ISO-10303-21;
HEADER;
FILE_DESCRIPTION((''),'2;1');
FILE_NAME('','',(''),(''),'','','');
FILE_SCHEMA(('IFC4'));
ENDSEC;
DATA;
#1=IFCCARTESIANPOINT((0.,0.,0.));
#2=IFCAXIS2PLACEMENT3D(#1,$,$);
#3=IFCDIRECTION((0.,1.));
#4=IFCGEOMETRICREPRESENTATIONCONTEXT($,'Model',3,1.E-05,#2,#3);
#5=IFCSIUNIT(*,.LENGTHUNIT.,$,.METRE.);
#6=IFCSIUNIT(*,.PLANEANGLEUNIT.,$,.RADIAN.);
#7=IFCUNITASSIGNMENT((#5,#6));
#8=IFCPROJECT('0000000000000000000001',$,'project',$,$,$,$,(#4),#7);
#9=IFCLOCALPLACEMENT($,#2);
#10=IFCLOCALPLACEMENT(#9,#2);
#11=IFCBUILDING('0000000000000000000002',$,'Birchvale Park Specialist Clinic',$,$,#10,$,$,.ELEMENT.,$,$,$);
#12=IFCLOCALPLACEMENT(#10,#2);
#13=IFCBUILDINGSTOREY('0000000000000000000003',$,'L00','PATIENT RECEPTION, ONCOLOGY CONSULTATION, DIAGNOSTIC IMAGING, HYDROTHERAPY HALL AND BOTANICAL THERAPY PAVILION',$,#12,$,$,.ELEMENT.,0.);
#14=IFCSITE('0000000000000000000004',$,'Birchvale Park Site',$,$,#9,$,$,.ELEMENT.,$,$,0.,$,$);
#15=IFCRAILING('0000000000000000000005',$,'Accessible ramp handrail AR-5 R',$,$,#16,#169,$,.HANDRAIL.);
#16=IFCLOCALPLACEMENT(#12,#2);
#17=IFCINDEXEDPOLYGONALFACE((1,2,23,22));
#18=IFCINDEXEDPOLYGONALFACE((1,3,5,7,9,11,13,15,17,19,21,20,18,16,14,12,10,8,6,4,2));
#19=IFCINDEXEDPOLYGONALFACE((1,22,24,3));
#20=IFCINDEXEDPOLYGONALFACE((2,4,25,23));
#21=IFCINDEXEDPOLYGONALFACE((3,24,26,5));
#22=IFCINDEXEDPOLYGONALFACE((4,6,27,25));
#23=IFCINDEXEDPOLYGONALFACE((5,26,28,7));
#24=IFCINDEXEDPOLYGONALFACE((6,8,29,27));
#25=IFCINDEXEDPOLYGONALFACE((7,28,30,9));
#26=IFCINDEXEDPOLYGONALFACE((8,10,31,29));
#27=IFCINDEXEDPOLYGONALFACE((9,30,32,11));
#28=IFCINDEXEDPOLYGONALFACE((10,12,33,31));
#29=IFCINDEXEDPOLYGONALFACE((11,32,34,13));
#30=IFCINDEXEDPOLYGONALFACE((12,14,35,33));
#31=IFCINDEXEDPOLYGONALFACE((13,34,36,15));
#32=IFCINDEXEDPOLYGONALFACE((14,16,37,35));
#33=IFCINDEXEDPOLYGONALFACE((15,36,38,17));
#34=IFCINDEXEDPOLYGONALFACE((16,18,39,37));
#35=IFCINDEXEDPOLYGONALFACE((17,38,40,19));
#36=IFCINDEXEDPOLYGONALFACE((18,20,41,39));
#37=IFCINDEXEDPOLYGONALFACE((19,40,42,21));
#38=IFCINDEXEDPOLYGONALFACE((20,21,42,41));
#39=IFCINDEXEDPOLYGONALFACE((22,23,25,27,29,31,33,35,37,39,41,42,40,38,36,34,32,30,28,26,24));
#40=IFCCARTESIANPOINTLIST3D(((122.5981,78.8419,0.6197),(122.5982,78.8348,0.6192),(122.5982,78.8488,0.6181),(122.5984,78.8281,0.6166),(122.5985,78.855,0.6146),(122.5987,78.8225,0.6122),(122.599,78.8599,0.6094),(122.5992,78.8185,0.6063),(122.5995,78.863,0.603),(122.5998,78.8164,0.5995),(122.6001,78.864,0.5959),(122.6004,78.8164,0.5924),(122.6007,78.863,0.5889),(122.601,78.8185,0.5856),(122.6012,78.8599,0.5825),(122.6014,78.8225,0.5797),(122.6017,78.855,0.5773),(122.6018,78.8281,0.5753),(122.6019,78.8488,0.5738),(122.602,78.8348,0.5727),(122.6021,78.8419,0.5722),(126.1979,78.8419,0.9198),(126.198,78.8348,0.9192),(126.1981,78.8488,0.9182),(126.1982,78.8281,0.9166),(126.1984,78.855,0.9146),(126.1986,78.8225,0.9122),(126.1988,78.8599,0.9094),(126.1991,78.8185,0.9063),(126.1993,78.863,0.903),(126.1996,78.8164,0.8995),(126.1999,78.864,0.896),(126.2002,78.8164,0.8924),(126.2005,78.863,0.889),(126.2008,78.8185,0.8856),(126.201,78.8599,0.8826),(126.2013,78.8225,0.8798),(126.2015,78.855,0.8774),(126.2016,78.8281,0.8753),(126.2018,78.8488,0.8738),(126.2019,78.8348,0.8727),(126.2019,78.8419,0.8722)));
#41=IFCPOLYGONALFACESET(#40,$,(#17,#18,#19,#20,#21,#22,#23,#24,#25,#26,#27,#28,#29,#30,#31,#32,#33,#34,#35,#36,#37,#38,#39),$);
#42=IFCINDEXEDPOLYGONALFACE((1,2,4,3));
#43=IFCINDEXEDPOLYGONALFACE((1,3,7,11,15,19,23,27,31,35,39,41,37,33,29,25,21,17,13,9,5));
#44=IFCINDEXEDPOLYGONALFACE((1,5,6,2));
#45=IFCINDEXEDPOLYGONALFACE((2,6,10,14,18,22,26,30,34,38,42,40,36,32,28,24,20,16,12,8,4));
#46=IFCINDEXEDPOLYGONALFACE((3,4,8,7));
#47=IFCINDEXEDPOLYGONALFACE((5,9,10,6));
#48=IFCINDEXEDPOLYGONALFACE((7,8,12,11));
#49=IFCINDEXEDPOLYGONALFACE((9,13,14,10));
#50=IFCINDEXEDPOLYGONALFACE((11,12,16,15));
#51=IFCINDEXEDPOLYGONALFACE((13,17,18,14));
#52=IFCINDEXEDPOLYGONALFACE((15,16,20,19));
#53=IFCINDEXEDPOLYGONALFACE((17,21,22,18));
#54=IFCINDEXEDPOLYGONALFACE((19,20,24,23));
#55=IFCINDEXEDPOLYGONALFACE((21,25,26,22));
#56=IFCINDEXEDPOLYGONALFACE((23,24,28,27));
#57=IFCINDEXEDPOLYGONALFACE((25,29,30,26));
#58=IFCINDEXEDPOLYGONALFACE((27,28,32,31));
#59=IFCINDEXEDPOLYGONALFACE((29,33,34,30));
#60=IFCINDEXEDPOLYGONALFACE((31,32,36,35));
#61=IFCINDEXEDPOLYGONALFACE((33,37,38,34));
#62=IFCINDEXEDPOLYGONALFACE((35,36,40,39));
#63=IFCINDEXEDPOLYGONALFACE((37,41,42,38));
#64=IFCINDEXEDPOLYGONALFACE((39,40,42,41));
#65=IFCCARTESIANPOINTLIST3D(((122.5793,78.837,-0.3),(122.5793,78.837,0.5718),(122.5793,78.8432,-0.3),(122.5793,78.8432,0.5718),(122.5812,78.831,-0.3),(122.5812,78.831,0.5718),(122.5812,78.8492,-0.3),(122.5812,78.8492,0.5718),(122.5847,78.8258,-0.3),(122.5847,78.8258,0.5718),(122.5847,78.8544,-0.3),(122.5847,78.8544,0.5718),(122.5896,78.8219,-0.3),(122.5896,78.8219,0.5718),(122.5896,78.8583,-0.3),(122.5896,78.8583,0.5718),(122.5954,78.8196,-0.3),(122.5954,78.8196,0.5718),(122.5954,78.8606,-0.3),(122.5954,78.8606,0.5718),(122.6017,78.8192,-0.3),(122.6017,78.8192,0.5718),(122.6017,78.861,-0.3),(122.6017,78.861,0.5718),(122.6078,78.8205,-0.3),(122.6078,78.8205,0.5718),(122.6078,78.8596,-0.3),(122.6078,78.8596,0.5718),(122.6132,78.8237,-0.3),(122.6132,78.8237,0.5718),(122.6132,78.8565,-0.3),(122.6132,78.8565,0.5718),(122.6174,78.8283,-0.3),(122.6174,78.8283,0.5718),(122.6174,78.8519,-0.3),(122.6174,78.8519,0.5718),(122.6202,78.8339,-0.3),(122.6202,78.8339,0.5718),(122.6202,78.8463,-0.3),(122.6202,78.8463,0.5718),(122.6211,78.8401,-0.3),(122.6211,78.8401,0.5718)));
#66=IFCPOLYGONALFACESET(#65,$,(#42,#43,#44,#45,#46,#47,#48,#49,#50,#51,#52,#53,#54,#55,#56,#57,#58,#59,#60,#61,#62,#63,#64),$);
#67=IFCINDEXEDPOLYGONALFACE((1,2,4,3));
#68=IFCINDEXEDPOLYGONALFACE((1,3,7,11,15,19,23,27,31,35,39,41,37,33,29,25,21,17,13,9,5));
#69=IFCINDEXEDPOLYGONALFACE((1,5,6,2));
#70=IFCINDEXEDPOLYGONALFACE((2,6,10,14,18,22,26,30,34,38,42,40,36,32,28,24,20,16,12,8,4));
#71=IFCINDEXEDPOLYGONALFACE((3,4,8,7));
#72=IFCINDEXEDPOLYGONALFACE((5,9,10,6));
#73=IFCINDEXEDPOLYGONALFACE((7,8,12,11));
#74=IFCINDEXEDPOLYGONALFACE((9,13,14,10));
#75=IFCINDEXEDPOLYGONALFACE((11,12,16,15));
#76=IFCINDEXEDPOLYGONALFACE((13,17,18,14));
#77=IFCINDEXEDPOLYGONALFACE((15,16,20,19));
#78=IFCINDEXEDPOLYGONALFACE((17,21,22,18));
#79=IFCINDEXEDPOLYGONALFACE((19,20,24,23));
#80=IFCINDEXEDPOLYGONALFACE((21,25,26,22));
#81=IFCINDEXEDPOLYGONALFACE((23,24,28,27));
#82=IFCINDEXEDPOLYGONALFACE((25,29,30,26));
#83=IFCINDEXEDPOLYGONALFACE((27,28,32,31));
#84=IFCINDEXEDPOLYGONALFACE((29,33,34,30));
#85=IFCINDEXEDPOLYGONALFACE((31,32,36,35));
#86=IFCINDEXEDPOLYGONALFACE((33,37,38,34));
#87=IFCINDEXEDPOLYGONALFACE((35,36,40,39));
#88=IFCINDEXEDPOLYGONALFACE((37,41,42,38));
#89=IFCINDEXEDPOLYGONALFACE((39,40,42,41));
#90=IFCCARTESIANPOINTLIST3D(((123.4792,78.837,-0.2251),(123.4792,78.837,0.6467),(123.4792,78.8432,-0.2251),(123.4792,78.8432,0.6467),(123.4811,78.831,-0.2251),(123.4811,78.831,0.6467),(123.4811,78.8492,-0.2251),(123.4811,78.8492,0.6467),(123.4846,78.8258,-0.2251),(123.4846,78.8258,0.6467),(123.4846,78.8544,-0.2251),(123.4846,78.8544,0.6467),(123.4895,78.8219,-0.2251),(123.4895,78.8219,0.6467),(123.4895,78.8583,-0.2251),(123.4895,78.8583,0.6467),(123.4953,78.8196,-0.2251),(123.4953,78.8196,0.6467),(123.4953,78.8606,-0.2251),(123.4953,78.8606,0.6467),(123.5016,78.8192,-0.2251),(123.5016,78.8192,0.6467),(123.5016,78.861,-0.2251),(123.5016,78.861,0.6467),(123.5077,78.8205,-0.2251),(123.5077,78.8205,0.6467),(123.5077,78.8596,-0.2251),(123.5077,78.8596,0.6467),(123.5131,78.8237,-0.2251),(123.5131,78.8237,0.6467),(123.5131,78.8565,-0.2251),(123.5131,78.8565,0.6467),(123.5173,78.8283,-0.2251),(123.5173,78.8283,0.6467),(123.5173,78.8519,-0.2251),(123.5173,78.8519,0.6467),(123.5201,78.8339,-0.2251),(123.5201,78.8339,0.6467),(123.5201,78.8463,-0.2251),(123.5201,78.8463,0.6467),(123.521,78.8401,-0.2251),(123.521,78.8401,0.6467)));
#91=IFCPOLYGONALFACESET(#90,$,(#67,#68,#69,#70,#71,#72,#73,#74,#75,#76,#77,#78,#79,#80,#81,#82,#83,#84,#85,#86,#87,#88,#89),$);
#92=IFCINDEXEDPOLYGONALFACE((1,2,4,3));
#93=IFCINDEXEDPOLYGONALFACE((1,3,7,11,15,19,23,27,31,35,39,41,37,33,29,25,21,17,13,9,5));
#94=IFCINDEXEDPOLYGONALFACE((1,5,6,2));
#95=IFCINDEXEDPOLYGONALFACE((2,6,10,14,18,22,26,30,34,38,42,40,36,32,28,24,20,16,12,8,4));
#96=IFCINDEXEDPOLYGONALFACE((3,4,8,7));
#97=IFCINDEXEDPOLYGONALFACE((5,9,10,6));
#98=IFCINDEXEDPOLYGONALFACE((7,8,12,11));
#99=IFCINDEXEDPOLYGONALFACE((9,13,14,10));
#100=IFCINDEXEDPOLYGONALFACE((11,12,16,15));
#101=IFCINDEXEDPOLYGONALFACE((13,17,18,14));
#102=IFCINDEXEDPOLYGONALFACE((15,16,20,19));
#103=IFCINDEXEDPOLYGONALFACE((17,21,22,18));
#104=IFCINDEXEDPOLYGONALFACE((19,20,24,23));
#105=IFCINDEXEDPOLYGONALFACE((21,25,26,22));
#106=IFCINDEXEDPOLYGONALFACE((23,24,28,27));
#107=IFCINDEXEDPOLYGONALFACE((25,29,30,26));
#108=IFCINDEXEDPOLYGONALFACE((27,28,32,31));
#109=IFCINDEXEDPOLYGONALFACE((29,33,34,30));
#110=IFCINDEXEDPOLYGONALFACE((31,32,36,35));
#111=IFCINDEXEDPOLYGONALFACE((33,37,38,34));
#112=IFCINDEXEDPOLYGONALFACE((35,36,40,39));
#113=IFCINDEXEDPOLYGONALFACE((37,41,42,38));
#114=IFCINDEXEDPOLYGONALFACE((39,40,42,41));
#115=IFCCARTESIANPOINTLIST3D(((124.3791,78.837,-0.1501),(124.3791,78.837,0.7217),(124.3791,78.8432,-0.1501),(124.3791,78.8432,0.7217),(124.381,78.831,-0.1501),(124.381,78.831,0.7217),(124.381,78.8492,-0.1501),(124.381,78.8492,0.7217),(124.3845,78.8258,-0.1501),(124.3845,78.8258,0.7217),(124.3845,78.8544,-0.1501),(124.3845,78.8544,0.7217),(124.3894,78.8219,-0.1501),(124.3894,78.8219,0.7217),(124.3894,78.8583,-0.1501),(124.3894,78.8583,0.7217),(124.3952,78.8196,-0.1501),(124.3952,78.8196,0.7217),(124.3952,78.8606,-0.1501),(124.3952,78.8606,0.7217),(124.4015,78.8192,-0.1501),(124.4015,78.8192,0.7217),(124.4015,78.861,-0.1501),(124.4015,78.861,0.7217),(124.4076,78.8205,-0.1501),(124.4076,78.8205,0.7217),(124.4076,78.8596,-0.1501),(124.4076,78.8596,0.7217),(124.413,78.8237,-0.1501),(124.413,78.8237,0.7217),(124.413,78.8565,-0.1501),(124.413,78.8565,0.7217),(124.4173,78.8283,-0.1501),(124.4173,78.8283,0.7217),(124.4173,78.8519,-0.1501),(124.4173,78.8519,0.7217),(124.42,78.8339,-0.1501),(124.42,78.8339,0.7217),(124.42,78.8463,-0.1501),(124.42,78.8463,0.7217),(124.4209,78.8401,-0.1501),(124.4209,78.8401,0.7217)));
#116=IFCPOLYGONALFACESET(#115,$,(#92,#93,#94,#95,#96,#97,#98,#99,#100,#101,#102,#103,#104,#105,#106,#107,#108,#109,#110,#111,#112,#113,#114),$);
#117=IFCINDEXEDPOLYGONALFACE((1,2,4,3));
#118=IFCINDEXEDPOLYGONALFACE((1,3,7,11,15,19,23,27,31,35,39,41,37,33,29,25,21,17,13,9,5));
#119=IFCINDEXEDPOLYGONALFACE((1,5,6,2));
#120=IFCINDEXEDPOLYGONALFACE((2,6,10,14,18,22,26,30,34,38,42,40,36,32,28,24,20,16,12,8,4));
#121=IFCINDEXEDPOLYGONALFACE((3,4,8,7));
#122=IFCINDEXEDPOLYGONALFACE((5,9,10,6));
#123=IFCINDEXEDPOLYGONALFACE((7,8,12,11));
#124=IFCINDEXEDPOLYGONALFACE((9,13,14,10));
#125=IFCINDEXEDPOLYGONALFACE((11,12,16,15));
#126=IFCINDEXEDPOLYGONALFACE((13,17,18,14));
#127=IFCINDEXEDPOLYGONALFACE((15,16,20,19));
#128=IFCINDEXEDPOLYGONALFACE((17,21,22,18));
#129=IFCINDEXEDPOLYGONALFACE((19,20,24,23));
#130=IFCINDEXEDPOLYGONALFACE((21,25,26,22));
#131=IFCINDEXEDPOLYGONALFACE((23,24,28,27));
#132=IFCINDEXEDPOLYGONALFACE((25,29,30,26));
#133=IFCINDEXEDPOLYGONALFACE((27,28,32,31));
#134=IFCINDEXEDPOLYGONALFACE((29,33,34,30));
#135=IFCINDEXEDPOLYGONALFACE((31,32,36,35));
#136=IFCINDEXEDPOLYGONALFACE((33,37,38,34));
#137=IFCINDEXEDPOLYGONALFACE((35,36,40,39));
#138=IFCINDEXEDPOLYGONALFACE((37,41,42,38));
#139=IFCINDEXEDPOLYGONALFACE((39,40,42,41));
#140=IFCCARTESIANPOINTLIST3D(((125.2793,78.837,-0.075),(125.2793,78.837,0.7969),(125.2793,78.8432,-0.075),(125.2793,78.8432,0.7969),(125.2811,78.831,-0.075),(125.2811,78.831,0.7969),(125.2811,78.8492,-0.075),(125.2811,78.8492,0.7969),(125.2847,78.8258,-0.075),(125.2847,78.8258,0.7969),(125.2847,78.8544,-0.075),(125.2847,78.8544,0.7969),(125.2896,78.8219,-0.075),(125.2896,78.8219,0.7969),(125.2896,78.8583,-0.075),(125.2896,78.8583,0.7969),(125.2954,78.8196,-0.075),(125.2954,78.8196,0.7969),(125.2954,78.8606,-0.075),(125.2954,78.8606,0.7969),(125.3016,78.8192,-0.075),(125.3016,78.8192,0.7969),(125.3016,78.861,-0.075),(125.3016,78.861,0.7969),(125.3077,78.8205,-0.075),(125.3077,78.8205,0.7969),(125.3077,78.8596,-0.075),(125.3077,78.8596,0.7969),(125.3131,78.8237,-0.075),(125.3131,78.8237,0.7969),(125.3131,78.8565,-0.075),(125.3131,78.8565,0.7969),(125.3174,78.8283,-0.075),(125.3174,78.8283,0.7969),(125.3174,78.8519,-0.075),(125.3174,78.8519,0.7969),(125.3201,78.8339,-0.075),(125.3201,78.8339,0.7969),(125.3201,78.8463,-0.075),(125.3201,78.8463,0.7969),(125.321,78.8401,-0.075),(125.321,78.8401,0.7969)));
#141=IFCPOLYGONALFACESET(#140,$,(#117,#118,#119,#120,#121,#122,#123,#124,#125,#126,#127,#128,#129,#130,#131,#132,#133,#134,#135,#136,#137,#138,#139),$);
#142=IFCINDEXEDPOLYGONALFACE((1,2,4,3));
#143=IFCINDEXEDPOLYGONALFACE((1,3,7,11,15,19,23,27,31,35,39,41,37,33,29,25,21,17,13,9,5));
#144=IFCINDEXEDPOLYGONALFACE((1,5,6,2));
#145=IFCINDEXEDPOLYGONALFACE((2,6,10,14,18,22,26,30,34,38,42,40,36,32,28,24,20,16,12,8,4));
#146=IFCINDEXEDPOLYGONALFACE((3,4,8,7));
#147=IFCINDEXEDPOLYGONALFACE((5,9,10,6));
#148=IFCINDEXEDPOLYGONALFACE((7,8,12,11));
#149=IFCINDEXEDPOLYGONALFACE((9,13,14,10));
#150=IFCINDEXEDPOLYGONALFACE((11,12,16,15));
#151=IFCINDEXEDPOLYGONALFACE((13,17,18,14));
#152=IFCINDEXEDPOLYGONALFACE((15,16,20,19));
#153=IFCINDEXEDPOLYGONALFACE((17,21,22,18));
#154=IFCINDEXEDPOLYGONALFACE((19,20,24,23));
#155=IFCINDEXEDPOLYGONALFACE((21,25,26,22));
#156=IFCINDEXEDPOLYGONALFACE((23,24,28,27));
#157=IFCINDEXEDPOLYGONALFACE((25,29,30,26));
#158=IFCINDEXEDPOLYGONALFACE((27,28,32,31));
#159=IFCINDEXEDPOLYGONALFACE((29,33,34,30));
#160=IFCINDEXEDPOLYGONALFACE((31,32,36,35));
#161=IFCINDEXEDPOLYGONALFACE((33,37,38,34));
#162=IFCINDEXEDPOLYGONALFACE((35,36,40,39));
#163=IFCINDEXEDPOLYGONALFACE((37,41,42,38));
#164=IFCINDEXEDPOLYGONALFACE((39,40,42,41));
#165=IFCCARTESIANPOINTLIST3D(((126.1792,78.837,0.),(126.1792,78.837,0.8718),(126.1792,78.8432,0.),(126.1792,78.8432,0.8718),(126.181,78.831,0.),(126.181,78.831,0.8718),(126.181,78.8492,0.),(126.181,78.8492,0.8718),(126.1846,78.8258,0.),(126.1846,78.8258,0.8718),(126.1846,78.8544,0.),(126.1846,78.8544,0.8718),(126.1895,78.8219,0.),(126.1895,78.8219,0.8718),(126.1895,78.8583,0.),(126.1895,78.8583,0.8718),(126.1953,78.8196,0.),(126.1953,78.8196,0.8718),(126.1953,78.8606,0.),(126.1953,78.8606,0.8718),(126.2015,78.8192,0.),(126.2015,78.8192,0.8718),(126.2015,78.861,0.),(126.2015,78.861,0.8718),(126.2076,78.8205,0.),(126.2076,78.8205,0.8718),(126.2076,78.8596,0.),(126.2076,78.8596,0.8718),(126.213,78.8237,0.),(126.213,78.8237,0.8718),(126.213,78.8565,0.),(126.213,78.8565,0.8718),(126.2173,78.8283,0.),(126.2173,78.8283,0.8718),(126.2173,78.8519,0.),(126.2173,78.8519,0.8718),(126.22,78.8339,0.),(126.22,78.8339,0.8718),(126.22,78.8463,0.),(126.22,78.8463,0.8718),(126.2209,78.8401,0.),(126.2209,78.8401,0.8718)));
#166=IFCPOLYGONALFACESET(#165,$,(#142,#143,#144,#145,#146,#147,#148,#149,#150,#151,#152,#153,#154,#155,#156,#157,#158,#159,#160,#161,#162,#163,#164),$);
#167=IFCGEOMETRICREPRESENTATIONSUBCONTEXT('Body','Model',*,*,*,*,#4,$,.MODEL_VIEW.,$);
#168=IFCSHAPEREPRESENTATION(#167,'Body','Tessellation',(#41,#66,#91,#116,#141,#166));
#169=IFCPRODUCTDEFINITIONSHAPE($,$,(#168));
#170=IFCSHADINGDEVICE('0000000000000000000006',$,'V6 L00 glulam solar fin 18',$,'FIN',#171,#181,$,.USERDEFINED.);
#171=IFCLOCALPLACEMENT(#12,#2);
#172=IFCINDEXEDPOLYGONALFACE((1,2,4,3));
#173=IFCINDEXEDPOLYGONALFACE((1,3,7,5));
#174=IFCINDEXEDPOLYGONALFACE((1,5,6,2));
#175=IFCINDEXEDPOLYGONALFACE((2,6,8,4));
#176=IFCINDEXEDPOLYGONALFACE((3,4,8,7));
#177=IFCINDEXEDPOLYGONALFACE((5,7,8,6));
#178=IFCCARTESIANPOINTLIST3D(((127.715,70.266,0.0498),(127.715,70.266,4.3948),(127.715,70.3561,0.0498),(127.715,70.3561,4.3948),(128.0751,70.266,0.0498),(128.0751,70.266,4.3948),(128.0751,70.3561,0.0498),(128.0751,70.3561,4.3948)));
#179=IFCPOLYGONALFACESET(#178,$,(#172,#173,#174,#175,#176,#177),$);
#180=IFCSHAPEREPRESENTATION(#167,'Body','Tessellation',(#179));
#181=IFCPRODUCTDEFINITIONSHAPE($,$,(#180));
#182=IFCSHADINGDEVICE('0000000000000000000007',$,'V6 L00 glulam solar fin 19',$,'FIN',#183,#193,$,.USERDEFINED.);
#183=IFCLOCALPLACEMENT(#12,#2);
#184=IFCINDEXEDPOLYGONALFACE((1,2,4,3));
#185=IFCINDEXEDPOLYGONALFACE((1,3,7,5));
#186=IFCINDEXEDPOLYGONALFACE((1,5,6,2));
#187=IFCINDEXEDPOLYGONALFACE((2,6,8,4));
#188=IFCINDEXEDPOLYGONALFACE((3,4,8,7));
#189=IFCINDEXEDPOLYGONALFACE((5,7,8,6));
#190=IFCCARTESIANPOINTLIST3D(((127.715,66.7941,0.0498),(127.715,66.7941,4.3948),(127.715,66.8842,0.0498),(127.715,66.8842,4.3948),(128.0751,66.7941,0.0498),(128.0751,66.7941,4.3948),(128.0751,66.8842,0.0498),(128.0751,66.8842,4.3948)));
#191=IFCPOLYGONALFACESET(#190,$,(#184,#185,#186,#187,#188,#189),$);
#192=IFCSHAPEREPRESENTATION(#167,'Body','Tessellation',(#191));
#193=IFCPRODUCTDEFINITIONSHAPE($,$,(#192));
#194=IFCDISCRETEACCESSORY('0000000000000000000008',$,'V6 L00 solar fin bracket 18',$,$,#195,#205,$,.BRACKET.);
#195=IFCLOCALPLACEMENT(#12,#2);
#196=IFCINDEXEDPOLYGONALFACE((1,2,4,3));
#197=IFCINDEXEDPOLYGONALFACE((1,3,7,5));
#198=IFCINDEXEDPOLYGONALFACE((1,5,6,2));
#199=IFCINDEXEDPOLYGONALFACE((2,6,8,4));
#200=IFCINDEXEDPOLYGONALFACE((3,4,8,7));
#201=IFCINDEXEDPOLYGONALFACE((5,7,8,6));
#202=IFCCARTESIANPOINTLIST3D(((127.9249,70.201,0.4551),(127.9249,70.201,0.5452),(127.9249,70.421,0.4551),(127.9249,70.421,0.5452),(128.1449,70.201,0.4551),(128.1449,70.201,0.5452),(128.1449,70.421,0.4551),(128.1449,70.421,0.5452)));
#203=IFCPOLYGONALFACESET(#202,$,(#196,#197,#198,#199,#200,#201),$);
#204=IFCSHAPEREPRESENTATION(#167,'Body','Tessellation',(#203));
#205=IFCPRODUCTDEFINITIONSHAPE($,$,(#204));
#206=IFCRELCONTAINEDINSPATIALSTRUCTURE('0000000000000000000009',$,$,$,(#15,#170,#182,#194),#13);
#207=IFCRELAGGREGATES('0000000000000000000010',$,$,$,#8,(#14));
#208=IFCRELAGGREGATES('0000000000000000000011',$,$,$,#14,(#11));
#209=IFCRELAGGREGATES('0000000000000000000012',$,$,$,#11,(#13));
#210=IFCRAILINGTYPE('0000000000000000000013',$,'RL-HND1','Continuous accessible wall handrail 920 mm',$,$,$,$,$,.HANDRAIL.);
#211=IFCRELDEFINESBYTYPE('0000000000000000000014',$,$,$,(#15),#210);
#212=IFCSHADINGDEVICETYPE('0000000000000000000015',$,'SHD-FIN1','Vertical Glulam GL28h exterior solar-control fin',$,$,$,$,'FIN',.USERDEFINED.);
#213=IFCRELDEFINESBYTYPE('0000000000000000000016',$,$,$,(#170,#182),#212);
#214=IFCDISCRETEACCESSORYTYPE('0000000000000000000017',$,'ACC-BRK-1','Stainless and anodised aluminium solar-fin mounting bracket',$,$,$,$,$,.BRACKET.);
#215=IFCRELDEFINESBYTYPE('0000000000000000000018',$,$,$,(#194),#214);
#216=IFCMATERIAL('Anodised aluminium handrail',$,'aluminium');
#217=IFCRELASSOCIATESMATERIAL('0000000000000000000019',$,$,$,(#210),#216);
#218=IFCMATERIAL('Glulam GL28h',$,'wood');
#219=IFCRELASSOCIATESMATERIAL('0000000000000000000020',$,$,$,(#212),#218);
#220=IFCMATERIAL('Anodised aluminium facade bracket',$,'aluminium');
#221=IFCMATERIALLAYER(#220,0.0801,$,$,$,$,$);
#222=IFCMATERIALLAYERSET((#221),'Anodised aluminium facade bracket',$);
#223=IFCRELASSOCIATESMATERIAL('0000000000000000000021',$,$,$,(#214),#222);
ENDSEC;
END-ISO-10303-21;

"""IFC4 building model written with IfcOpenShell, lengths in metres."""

from ifc_helpers import new_model, si_unit, direction, frame, origin, origin_2d, place, context, subcontext, project, spatial, rectangle, circle, extrude, material, layer, layer_set, type_object, element, save


model = new_model("IFC4")

# Units and contexts
model_context = context("Model", 3, precision=1e-05, world=origin(), true_north=direction((0.0, 1.0)))
body_context = subcontext(model_context, "Body", "Model", "MODEL_VIEW")
ifc_project = project(units=[si_unit("LENGTHUNIT", "METRE"), si_unit("PLANEANGLEUNIT", "RADIAN")], contexts=[model_context])

# Site, building, storey
site_placement = place(None, origin())
site = spatial("IfcSite", under=ifc_project, at=site_placement, Name="Birchvale Park Site", CompositionType="ELEMENT", RefElevation=0.0)
building_placement = place(site_placement, origin())
building = spatial("IfcBuilding", under=site, at=building_placement, Name="Birchvale Park Specialist Clinic", CompositionType="ELEMENT")
storey_placement = place(building_placement, origin())
storey = spatial("IfcBuildingStorey", under=building, at=storey_placement, Name="L00", Description="PATIENT RECEPTION, ONCOLOGY CONSULTATION, DIAGNOSTIC IMAGING, HYDROTHERAPY HALL AND BOTANICAL THERAPY PAVILION", CompositionType="ELEMENT", Elevation=0.0)

# Railing
ifc_material_1 = material(Name="Anodised aluminium handrail", Category="aluminium")
railing_type = type_object("IfcRailingType", Name="RL-HND1", Description="Continuous accessible wall handrail 920 mm", PredefinedType="HANDRAIL", material=ifc_material_1)
for number, where, name in (
    (1, (122.6001, 78.8401, -0.3), "Accessible ramp handrail AR-5 R"),
):
    element("IfcRailing", number, at=place(storey_placement, frame(where)), inside=storey, type_object=railing_type, Name=name, PredefinedType="HANDRAIL", context=body_context, shape_type="SweptSolid", body=[
        extrude(circle(Radius=0.0239, at=origin_2d()), frame((0.0, 0.0, 0.896), z_axis=(0.996544, 0.0, 0.083062), x_axis=(0.0, 1.0, 0.0)), (0.0, 0.0, 1.0), 3.6123),
        extrude(circle(Radius=0.021, at=origin_2d()), origin(), (0.0, 0.0, 1.0), 0.8718),
        extrude(circle(Radius=0.021, at=origin_2d()), frame((0.8999, 0.0, 0.075)), (0.0, 0.0, 1.0), 0.8718),
        extrude(circle(Radius=0.021, at=origin_2d()), frame((1.7998, 0.0, 0.1499)), (0.0, 0.0, 1.0), 0.8718),
        extrude(circle(Radius=0.021, at=origin_2d()), frame((2.7, 0.0, 0.2251)), (0.0, 0.0, 1.0), 0.8718),
        extrude(circle(Radius=0.021, at=origin_2d()), frame((3.5999, 0.0, 0.3)), (0.0, 0.0, 1.0), 0.8718),
    ])

# Shading devices
ifc_material_2 = material(Name="Glulam GL28h", Category="wood")
shading_device_type = type_object("IfcShadingDeviceType", Name="SHD-FIN1", Description="Vertical Glulam GL28h exterior solar-control fin", ElementType="FIN", PredefinedType="USERDEFINED", material=ifc_material_2)
for number, where, z_axis, x_axis, name in (
    (2, (127.895, 70.311, 0.0498), (0.0, 0.0, 1.0), (1.0, 0.0, 0.0), "V6 L00 glulam solar fin 18"),
    (3, (127.895, 66.8391, 0.0498), (0.0, 0.0, 1.0), (1.0, 0.0, 0.0), "V6 L00 glulam solar fin 19"),
):
    element("IfcShadingDevice", number, at=place(storey_placement, frame(where, z_axis=z_axis, x_axis=x_axis)), inside=storey, type_object=shading_device_type, Name=name, ObjectType="FIN", PredefinedType="USERDEFINED", context=body_context, shape_type="SweptSolid", body=[
        extrude(rectangle(XDim=0.3601, YDim=0.0901, at=origin_2d()), origin(), (0.0, 0.0, 1.0), 4.345),
    ])

# Discrete accessory
ifc_material_3 = material(Name="Anodised aluminium facade bracket", Category="aluminium")
ifc_layer_1 = layer(ifc_material_3, 0.0801)
ifc_layer_set_1 = layer_set([ifc_layer_1], Name="Anodised aluminium facade bracket")
discrete_accessory_type = type_object("IfcDiscreteAccessoryType", Name="ACC-BRK-1", Description="Stainless and anodised aluminium solar-fin mounting bracket", PredefinedType="BRACKET", material=ifc_layer_set_1)
for number, where, z_axis, x_axis, name in (
    (4, (128.0349, 70.311, 0.4551), (0.0, 0.0, 1.0), (1.0, 0.0, 0.0), "V6 L00 solar fin bracket 18"),
):
    element("IfcDiscreteAccessory", number, at=place(storey_placement, frame(where, z_axis=z_axis, x_axis=x_axis)), inside=storey, type_object=discrete_accessory_type, Name=name, PredefinedType="BRACKET", context=body_context, shape_type="SweptSolid", body=[
        extrude(rectangle(XDim=0.22, YDim=0.22, at=origin_2d()), origin(), (0.0, 0.0, 1.0), 0.0901),
    ])

save(model, "model.ifc")
